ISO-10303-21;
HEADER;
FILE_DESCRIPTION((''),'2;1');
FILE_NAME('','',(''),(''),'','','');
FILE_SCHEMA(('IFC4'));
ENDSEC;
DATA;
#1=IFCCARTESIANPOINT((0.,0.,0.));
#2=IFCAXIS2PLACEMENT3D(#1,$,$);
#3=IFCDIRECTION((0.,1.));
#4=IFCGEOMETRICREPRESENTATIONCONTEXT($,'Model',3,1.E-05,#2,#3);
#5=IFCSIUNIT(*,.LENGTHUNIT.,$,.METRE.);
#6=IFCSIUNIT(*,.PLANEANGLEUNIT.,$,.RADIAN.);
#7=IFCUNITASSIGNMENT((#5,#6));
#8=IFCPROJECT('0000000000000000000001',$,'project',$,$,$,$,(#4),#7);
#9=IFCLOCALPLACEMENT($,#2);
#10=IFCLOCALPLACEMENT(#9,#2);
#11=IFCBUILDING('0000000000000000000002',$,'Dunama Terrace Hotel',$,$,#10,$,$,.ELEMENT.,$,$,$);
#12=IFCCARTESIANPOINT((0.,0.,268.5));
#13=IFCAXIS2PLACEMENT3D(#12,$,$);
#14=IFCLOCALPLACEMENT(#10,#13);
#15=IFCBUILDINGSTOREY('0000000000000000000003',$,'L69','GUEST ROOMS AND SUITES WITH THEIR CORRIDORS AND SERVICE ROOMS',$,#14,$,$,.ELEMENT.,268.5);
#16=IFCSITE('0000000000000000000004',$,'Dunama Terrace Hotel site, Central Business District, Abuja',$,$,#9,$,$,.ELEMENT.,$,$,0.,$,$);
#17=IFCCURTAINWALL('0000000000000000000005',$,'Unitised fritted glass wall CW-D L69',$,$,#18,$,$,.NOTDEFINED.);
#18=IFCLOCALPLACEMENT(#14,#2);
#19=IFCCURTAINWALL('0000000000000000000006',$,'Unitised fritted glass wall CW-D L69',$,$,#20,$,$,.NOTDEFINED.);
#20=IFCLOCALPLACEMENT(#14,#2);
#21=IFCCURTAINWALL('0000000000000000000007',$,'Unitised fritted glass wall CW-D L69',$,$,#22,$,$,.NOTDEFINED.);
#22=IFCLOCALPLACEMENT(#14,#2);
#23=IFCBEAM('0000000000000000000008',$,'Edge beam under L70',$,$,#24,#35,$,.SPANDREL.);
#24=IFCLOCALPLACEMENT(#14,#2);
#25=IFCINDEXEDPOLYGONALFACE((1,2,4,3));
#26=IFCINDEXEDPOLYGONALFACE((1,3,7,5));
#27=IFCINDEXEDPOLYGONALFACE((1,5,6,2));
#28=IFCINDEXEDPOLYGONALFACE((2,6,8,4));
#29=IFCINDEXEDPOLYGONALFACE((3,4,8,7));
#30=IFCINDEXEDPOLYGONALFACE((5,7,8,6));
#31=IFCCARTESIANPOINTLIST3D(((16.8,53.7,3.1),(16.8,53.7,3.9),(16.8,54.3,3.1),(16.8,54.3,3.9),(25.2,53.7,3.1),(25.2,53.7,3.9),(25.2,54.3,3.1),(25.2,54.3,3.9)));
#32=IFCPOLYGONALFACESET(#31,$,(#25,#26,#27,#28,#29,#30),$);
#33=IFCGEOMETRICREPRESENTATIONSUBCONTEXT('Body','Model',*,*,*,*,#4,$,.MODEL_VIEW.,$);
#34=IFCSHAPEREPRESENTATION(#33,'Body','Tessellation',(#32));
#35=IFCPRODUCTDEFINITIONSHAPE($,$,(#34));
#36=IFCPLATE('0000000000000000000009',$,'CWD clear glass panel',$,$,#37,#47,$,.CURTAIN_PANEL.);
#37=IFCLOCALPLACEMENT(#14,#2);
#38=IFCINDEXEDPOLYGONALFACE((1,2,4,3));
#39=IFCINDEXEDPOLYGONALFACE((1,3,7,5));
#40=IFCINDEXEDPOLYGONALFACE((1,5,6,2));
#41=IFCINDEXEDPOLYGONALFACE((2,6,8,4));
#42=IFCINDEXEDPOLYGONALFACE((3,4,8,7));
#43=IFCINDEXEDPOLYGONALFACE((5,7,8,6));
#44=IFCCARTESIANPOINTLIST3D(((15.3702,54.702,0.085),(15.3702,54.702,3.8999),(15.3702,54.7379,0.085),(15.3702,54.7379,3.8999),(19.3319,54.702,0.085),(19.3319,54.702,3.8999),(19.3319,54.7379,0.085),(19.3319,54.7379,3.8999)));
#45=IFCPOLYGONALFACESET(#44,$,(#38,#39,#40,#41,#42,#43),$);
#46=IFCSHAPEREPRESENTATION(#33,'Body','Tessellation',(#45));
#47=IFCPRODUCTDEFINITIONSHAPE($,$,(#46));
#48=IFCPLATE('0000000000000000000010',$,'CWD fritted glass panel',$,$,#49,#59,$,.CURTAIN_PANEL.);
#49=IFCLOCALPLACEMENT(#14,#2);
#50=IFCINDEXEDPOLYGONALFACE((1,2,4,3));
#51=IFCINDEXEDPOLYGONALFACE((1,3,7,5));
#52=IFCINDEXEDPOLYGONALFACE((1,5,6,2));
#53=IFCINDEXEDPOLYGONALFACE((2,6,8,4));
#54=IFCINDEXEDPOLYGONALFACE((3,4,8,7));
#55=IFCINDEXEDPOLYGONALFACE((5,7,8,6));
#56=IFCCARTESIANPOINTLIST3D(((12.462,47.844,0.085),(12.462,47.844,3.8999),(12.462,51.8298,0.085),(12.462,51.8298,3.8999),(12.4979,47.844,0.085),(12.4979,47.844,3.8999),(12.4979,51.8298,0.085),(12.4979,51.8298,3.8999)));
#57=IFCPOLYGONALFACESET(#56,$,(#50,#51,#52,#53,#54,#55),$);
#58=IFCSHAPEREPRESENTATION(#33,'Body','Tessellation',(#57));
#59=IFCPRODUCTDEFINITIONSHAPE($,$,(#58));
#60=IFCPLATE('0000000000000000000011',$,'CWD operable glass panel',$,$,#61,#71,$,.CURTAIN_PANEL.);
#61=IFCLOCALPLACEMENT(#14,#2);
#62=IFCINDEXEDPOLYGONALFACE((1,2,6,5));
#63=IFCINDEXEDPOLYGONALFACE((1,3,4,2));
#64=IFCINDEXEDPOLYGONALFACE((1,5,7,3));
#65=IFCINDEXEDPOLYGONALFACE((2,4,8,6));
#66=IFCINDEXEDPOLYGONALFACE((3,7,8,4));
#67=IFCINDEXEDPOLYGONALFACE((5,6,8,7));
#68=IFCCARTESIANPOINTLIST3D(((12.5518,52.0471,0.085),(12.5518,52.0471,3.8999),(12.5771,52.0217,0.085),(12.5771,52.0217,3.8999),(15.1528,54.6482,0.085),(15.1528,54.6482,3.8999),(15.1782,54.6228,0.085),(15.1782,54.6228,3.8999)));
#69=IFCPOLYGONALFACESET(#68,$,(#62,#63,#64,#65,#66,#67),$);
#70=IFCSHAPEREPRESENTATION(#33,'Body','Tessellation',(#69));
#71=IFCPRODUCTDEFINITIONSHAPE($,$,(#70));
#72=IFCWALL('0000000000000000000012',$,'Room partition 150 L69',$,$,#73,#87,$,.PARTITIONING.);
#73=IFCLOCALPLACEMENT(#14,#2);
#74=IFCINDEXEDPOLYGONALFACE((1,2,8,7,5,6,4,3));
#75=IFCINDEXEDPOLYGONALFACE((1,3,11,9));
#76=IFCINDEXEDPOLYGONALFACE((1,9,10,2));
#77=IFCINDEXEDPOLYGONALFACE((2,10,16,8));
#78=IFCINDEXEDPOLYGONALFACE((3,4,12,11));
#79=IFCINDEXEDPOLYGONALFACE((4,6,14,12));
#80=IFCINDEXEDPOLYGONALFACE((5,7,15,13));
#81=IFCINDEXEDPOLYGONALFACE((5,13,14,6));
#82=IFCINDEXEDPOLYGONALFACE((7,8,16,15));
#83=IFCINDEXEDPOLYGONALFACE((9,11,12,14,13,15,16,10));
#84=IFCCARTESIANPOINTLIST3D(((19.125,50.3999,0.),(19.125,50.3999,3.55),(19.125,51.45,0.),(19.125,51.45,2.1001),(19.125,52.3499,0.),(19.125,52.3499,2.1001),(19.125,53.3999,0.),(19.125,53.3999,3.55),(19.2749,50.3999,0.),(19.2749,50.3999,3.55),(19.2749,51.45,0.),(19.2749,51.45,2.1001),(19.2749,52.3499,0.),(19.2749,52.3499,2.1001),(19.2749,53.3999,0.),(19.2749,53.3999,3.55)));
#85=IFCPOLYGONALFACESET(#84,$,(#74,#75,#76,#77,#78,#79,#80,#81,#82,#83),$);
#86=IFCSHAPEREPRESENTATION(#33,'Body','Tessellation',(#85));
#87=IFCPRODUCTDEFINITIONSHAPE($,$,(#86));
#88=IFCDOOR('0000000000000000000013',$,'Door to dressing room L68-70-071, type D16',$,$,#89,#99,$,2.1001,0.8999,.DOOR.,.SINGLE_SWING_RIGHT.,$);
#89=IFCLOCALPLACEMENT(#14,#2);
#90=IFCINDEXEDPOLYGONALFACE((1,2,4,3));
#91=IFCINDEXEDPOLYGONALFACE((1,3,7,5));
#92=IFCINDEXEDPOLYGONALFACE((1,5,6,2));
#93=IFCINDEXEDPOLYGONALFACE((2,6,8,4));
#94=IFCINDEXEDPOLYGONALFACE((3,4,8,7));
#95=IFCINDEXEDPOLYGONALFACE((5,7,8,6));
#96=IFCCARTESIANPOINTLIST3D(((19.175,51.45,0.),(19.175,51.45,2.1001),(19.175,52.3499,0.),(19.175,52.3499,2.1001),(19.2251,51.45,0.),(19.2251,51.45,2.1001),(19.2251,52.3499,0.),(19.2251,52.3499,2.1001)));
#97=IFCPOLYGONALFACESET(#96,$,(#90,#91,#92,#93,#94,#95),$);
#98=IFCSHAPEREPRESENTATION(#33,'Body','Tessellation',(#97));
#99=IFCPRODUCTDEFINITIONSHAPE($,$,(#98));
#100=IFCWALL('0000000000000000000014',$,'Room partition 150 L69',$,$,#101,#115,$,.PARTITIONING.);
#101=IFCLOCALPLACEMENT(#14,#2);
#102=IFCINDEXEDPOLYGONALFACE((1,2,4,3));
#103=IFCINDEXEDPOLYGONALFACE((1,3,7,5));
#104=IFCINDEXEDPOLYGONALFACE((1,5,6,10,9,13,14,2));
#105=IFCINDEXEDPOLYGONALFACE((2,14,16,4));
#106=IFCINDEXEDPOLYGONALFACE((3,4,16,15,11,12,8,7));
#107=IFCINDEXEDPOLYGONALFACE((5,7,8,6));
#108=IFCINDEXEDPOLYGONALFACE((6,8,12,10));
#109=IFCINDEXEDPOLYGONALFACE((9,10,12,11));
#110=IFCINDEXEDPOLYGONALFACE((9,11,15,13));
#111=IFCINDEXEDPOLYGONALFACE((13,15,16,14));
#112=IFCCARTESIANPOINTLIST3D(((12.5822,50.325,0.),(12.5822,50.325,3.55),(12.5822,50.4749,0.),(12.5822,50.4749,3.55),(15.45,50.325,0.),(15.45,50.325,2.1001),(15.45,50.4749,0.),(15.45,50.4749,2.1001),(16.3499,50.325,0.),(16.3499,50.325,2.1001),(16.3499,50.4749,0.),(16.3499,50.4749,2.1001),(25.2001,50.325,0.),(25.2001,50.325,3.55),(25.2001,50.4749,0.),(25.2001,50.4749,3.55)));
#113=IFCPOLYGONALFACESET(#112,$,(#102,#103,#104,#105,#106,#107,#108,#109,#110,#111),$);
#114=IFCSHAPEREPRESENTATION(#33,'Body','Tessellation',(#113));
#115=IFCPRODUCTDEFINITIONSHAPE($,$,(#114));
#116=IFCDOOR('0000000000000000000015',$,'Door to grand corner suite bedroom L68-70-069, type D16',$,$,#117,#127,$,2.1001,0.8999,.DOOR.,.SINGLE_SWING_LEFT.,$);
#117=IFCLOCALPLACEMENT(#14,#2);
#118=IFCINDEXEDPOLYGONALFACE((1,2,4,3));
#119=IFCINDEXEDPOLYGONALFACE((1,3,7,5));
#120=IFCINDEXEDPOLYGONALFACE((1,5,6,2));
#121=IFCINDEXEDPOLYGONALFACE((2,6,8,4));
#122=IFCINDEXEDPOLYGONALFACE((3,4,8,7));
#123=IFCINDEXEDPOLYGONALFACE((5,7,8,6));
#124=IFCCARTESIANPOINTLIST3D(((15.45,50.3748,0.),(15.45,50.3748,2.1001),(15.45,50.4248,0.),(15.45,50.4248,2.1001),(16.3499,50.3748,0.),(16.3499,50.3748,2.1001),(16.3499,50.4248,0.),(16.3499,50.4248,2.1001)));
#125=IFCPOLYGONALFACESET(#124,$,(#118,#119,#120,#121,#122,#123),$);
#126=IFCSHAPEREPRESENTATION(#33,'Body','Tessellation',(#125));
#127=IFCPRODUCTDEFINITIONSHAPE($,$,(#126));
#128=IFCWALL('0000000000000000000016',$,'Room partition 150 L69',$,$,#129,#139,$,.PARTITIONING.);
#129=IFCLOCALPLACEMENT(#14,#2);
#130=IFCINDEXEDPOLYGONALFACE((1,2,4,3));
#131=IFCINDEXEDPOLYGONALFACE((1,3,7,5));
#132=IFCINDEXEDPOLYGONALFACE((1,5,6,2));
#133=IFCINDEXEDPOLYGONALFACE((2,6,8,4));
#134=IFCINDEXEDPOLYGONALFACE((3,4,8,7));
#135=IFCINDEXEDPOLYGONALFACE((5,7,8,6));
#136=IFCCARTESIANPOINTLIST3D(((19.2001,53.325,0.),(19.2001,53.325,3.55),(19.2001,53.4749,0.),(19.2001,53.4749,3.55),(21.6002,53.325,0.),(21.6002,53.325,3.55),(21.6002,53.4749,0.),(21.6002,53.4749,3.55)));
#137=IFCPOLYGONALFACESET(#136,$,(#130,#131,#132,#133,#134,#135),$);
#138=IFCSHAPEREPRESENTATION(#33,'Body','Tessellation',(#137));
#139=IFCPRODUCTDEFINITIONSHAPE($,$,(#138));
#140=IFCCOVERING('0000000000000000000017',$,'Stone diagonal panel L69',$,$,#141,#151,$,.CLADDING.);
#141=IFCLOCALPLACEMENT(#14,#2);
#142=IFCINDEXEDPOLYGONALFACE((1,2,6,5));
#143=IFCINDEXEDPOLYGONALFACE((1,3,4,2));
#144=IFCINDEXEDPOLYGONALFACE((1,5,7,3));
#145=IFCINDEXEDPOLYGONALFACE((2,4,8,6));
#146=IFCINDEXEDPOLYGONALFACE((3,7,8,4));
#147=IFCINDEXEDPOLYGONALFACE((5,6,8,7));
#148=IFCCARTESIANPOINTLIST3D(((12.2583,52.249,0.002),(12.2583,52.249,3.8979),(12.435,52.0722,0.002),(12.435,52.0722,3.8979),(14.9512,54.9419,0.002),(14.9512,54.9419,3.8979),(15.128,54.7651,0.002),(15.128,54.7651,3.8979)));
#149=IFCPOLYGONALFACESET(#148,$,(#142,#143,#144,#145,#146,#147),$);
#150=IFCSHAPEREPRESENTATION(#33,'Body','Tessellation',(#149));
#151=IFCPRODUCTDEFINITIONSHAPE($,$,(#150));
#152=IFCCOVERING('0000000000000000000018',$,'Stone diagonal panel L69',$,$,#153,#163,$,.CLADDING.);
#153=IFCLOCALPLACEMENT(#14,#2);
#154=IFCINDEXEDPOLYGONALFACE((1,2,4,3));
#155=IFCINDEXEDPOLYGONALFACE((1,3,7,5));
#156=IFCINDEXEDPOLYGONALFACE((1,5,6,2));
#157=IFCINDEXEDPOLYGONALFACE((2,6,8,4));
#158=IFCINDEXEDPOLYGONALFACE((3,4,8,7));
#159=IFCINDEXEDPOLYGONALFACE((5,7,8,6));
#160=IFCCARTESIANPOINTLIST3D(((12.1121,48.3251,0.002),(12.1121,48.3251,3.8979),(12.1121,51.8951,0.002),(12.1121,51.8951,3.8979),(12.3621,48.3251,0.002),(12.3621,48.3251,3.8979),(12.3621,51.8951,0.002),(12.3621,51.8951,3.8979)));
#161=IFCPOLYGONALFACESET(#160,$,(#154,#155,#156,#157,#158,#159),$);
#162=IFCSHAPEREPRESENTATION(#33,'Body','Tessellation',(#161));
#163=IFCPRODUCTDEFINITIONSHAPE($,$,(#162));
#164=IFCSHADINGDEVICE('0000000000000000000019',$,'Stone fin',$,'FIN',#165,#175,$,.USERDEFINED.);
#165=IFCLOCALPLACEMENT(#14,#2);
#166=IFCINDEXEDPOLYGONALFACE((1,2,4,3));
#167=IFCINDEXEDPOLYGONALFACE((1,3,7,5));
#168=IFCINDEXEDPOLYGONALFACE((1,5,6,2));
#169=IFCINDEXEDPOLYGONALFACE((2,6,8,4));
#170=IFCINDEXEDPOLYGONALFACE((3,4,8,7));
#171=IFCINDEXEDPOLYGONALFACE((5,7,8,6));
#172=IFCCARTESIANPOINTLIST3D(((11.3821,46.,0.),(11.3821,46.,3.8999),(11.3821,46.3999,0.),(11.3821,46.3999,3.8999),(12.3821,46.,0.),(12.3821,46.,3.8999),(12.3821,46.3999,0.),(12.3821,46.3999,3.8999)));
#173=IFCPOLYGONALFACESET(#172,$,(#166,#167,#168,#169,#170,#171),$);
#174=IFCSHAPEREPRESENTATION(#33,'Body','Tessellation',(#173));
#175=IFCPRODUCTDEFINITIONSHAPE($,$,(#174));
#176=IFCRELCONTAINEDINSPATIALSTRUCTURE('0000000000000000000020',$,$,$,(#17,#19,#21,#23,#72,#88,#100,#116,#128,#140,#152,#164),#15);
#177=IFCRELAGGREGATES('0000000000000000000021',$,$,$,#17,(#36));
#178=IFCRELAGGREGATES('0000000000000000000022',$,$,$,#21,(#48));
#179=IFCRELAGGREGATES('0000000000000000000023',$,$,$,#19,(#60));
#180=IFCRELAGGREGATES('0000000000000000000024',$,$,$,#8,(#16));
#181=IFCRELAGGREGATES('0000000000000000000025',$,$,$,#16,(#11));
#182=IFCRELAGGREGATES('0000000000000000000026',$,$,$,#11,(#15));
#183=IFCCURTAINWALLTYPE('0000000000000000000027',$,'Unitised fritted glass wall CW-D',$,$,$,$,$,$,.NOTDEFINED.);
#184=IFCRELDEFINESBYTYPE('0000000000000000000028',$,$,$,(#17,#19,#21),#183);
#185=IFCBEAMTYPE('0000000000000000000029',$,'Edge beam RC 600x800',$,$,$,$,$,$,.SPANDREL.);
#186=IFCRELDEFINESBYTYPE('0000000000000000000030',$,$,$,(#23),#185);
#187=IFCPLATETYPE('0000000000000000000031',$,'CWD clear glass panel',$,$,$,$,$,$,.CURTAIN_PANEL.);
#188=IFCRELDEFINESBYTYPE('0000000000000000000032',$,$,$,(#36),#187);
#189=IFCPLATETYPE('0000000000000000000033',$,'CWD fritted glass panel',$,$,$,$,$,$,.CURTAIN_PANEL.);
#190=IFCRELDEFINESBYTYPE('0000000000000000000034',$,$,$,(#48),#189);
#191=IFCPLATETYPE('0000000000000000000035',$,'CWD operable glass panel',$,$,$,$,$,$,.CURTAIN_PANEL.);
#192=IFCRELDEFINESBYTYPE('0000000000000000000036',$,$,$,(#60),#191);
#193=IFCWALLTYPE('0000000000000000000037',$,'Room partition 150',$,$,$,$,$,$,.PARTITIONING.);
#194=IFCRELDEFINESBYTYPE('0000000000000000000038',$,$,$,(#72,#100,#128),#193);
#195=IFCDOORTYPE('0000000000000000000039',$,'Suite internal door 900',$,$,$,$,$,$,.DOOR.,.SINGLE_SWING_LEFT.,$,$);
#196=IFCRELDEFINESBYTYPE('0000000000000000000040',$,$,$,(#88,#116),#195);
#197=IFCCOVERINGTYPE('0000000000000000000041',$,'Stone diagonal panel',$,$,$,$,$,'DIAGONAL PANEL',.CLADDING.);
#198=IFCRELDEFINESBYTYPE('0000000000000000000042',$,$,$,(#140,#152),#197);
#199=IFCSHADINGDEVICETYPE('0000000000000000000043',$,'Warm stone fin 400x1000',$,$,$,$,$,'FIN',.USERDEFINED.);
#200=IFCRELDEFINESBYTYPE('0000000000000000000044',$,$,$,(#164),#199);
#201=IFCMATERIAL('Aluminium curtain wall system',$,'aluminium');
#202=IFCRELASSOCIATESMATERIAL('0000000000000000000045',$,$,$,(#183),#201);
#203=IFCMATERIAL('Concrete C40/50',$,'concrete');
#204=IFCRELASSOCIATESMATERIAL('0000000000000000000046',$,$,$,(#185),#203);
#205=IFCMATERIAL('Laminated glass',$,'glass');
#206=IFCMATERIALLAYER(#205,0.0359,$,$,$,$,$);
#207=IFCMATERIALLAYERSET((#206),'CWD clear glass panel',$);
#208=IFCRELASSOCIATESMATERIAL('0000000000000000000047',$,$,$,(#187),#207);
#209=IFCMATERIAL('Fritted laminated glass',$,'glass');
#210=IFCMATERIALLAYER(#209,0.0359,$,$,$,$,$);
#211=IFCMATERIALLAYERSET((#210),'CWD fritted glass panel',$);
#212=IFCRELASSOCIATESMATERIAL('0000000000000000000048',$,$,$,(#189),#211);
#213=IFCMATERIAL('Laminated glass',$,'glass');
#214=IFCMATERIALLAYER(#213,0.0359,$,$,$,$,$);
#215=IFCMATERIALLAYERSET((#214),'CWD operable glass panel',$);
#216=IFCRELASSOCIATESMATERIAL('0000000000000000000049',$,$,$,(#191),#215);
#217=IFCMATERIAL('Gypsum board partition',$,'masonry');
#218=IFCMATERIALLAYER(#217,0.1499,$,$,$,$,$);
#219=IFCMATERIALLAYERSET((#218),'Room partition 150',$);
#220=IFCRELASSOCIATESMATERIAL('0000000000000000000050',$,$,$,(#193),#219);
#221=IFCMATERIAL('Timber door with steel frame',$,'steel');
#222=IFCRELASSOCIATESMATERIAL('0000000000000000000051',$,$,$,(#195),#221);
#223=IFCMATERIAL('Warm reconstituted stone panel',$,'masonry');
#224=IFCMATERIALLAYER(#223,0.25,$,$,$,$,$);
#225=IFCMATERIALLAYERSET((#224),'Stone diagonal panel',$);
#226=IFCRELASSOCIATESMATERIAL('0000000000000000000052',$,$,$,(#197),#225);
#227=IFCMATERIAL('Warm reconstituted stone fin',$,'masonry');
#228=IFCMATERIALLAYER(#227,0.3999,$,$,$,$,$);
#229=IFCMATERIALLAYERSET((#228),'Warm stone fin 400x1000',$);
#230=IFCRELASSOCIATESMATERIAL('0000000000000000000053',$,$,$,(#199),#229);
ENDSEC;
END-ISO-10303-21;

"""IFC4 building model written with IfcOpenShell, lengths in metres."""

from ifc_helpers import new_model, si_unit, direction, frame, frame_2d, origin, origin_2d, place, context, subcontext, project, spatial, rectangle, extrude, material, layer, layer_set, material_profile, profile_set, type_object, element, fill, aggregate, save


model = new_model("IFC4")

# Units and contexts
model_context = context("Model", 3, precision=1e-05, world=origin(), true_north=direction((0.0, 1.0)))
body_context = subcontext(model_context, "Body", "Model", "MODEL_VIEW")
ifc_project = project(units=[si_unit("LENGTHUNIT", "METRE"), si_unit("PLANEANGLEUNIT", "RADIAN")], contexts=[model_context])

# Site, building, storey
site_placement = place(None, origin())
site = spatial("IfcSite", under=ifc_project, at=site_placement, Name="Dunama Terrace Hotel site, Central Business District, Abuja", CompositionType="ELEMENT", RefElevation=0.0)
building_placement = place(site_placement, origin())
building = spatial("IfcBuilding", under=site, at=building_placement, Name="Dunama Terrace Hotel", CompositionType="ELEMENT")
storey_placement = place(building_placement, frame((0.0, 0.0, 268.5)))
storey = spatial("IfcBuildingStorey", under=building, at=storey_placement, Name="L69", Description="GUEST ROOMS AND SUITES WITH THEIR CORRIDORS AND SERVICE ROOMS", CompositionType="ELEMENT", Elevation=268.5)

# Curtain walls
ifc_material_1 = material(Name="Aluminium curtain wall system", Category="aluminium")
curtain_wall_type = type_object("IfcCurtainWallType", Name="Unitised fritted glass wall CW-D", PredefinedType="NOTDEFINED", material=ifc_material_1)
curtain_wall_1_placement = place(storey_placement, origin())
curtain_wall_1 = element("IfcCurtainWall", 1, at=curtain_wall_1_placement, inside=storey, type_object=curtain_wall_type, Name="Unitised fritted glass wall CW-D L69", PredefinedType="NOTDEFINED")
curtain_wall_2_placement = place(storey_placement, origin())
curtain_wall_2 = element("IfcCurtainWall", 2, at=curtain_wall_2_placement, inside=storey, type_object=curtain_wall_type, Name="Unitised fritted glass wall CW-D L69", PredefinedType="NOTDEFINED")
curtain_wall_3_placement = place(storey_placement, origin())
curtain_wall_3 = element("IfcCurtainWall", 3, at=curtain_wall_3_placement, inside=storey, type_object=curtain_wall_type, Name="Unitised fritted glass wall CW-D L69", PredefinedType="NOTDEFINED")

# Beam
ifc_material_2 = material(Name="Concrete C40/50", Category="concrete")
ifc_material_profile_1 = material_profile(ifc_material_2, rectangle(XDim=0.6001, YDim=0.8, at=origin_2d()), Name="RC 600x800")
ifc_profile_set_1 = profile_set([ifc_material_profile_1], Name="Concrete C40/50")
beam_type_1 = type_object("IfcBeamType", Name="Edge beam RC 600x800", PredefinedType="SPANDREL", material=ifc_profile_set_1)
beam_1_placement = place(storey_placement, frame((16.8, 54.0, 3.5), z_axis=(1.0, 0.0, 0.0), x_axis=(0.0, 1.0, 0.0)))
element("IfcBeam", 4, at=beam_1_placement, inside=storey, type_object=beam_type_1, Name="Edge beam under L70", PredefinedType="SPANDREL", context=body_context, shape_type="SweptSolid", body=[
    extrude(rectangle(XDim=0.6001, YDim=0.8, at=origin_2d()), origin(), (0.0, 0.0, 1.0), 8.3999),
])

# Plates
ifc_material_3 = material(Name="Laminated glass", Category="glass")
ifc_layer_1 = layer(ifc_material_3, 0.0359)
ifc_layer_set_1 = layer_set([ifc_layer_1], Name="CWD clear glass panel")
plate_type_1 = type_object("IfcPlateType", Name="CWD clear glass panel", PredefinedType="CURTAIN_PANEL", material=ifc_layer_set_1)
plate_1_placement = place(storey_placement, frame((17.3511, 54.72, 0.085), z_axis=(0.0, 0.0, 1.0), x_axis=(-1.0, 0.0, 0.0)))
plate_1 = element("IfcPlate", 5, at=plate_1_placement, type_object=plate_type_1, Name="CWD clear glass panel", PredefinedType="CURTAIN_PANEL", context=body_context, shape_type="SweptSolid", body=[
    extrude(rectangle(XDim=3.9617, YDim=0.0359, at=origin_2d()), origin(), (0.0, 0.0, 1.0), 3.8149),
])
aggregate(curtain_wall_1, [plate_1])
ifc_material_4 = material(Name="Fritted laminated glass", Category="glass")
ifc_layer_2 = layer(ifc_material_4, 0.0359)
ifc_layer_set_2 = layer_set([ifc_layer_2], Name="CWD fritted glass panel")
plate_type_2 = type_object("IfcPlateType", Name="CWD fritted glass panel", PredefinedType="CURTAIN_PANEL", material=ifc_layer_set_2)
plate_2_placement = place(storey_placement, frame((12.48, 49.8369, 0.085), z_axis=(0.0, 0.0, 1.0), x_axis=(0.0, -1.0, 0.0)))
plate_2 = element("IfcPlate", 6, at=plate_2_placement, type_object=plate_type_2, Name="CWD fritted glass panel", PredefinedType="CURTAIN_PANEL", context=body_context, shape_type="SweptSolid", body=[
    extrude(rectangle(XDim=3.9858, YDim=0.0359, at=origin_2d()), origin(), (0.0, 0.0, 1.0), 3.8149),
])
aggregate(curtain_wall_3, [plate_2])
ifc_material_5 = material(Name="Laminated glass", Category="glass")
ifc_layer_3 = layer(ifc_material_5, 0.0359)
ifc_layer_set_3 = layer_set([ifc_layer_3], Name="CWD operable glass panel")
plate_type_3 = type_object("IfcPlateType", Name="CWD operable glass panel", PredefinedType="CURTAIN_PANEL", material=ifc_layer_set_3)
plate_3_placement = place(storey_placement, frame((13.865, 53.335, 0.085), z_axis=(0.0, 0.0, 1.0), x_axis=(-0.707107, -0.707107, 0.0)))
plate_3 = element("IfcPlate", 7, at=plate_3_placement, type_object=plate_type_3, Name="CWD operable glass panel", PredefinedType="CURTAIN_PANEL", context=body_context, shape_type="SweptSolid", body=[
    extrude(rectangle(XDim=3.6785, YDim=0.0359, at=origin_2d()), origin(), (0.0, 0.0, 1.0), 3.8149),
])
aggregate(curtain_wall_2, [plate_3])

# Walls, openings, doors
ifc_material_6 = material(Name="Gypsum board partition", Category="masonry")
ifc_layer_4 = layer(ifc_material_6, 0.1499)
ifc_layer_set_4 = layer_set([ifc_layer_4], Name="Room partition 150")
wall_type = type_object("IfcWallType", Name="Room partition 150", PredefinedType="PARTITIONING", material=ifc_layer_set_4)
wall_1_placement = place(storey_placement, frame((19.2, 50.3999, 0.0), z_axis=(0.0, 0.0, 1.0), x_axis=(0.0, 1.0, 0.0)))
wall_1 = element("IfcWall", 8, at=wall_1_placement, inside=storey, type_object=wall_type, Name="Room partition 150 L69", PredefinedType="PARTITIONING", context=body_context, shape_type="SweptSolid", body=[
    extrude(rectangle(XDim=3.0, YDim=0.1499, at=frame_2d((1.5, 0.0))), origin(), (0.0, 0.0, 1.0), 3.55),
])
opening_1_placement = place(wall_1_placement, frame((1.05, 0.0, 0.0)))
opening_1 = element("IfcOpeningElement", 9, at=opening_1_placement, cuts=wall_1, PredefinedType="OPENING", context=body_context, shape_type="SweptSolid", body=[
    extrude(rectangle(XDim=0.8999, YDim=2.1001, at=frame_2d((0.45, 1.05))), frame((0.0, 0.085, 0.0), z_axis=(0.0, -1.0, 0.0), x_axis=(1.0, 0.0, 0.0)), (0.0, 0.0, 1.0), 0.1699),
])
ifc_material_7 = material(Name="Timber door with steel frame", Category="steel")
door_type = type_object("IfcDoorType", Name="Suite internal door 900", OperationType="SINGLE_SWING_LEFT", PredefinedType="DOOR", material=ifc_material_7)
door_1_placement = place(opening_1_placement, frame((0.8999, 0.0, 0.0), z_axis=(0.0, 0.0, 1.0), x_axis=(-1.0, 0.0, 0.0)))
door_1 = element("IfcDoor", 10, at=door_1_placement, inside=storey, type_object=door_type, Name="Door to dressing room L68-70-071, type D16", OperationType="SINGLE_SWING_RIGHT", OverallHeight=2.1001, OverallWidth=0.8999, PredefinedType="DOOR", context=body_context, shape_type="SweptSolid", body=[
    extrude(rectangle(XDim=0.8999, YDim=2.1001, at=frame_2d((0.45, 1.05))), frame((0.0, 0.0251, 0.0), z_axis=(0.0, -1.0, 0.0), x_axis=(1.0, 0.0, 0.0)), (0.0, 0.0, 1.0), 0.05),
])
fill(opening_1, door_1)
wall_2_placement = place(storey_placement, frame((12.582, 50.3999, 0.0), z_axis=(0.0, 0.0, 1.0), x_axis=(1.0, 0.0, 0.0)))
wall_2 = element("IfcWall", 11, at=wall_2_placement, inside=storey, type_object=wall_type, Name="Room partition 150 L69", PredefinedType="PARTITIONING", context=body_context, shape_type="SweptSolid", body=[
    extrude(rectangle(XDim=12.6179, YDim=0.1499, at=frame_2d((6.3091, 0.0))), origin(), (0.0, 0.0, 1.0), 3.55),
])
opening_2_placement = place(wall_2_placement, frame((2.8679, 0.0, 0.0)))
opening_2 = element("IfcOpeningElement", 12, at=opening_2_placement, cuts=wall_2, PredefinedType="OPENING", context=body_context, shape_type="SweptSolid", body=[
    extrude(rectangle(XDim=0.8999, YDim=2.1001, at=frame_2d((0.45, 1.05))), frame((0.0, 0.085, 0.0), z_axis=(0.0, -1.0, 0.0), x_axis=(1.0, 0.0, 0.0)), (0.0, 0.0, 1.0), 0.1699),
])
door_2_placement = place(opening_2_placement, origin())
door_2 = element("IfcDoor", 13, at=door_2_placement, inside=storey, type_object=door_type, Name="Door to grand corner suite bedroom L68-70-069, type D16", OperationType="SINGLE_SWING_LEFT", OverallHeight=2.1001, OverallWidth=0.8999, PredefinedType="DOOR", context=body_context, shape_type="SweptSolid", body=[
    extrude(rectangle(XDim=0.8999, YDim=2.1001, at=frame_2d((0.45, 1.05))), frame((0.0, 0.0249, 0.0), z_axis=(0.0, -1.0, 0.0), x_axis=(1.0, 0.0, 0.0)), (0.0, 0.0, 1.0), 0.05),
])
fill(opening_2, door_2)

# Wall
wall_3_placement = place(storey_placement, frame((19.2, 53.3999, 0.0), z_axis=(0.0, 0.0, 1.0), x_axis=(1.0, 0.0, 0.0)))
element("IfcWall", 14, at=wall_3_placement, inside=storey, type_object=wall_type, Name="Room partition 150 L69", PredefinedType="PARTITIONING", context=body_context, shape_type="SweptSolid", body=[
    extrude(rectangle(XDim=2.4001, YDim=0.1499, at=frame_2d((1.2002, 0.0))), origin(), (0.0, 0.0, 1.0), 3.55),
])

# Coverings
ifc_material_8 = material(Name="Warm reconstituted stone panel", Category="masonry")
ifc_layer_5 = layer(ifc_material_8, 0.25)
ifc_layer_set_5 = layer_set([ifc_layer_5], Name="Stone diagonal panel")
covering_type = type_object("IfcCoveringType", Name="Stone diagonal panel", ElementType="DIAGONAL PANEL", PredefinedType="CLADDING", material=ifc_layer_set_5)
covering_1_placement = place(storey_placement, frame((13.6931, 53.5071, 0.002), z_axis=(0.0, 0.0, 1.0), x_axis=(-0.707107, -0.707107, 0.0)))
element("IfcCovering", 15, at=covering_1_placement, inside=storey, type_object=covering_type, Name="Stone diagonal panel L69", PredefinedType="CLADDING", context=body_context, shape_type="SweptSolid", body=[
    extrude(rectangle(XDim=3.8083, YDim=0.25, at=origin_2d()), origin(), (0.0, 0.0, 1.0), 3.896),
])
covering_2_placement = place(storey_placement, frame((12.2371, 50.1101, 0.002), z_axis=(0.0, 0.0, 1.0), x_axis=(0.0, -1.0, 0.0)))
element("IfcCovering", 16, at=covering_2_placement, inside=storey, type_object=covering_type, Name="Stone diagonal panel L69", PredefinedType="CLADDING", context=body_context, shape_type="SweptSolid", body=[
    extrude(rectangle(XDim=3.5701, YDim=0.25, at=origin_2d()), origin(), (0.0, 0.0, 1.0), 3.896),
])

# Shading device
ifc_material_9 = material(Name="Warm reconstituted stone fin", Category="masonry")
ifc_layer_6 = layer(ifc_material_9, 0.3999)
ifc_layer_set_6 = layer_set([ifc_layer_6], Name="Warm stone fin 400x1000")
shading_device_type = type_object("IfcShadingDeviceType", Name="Warm stone fin 400x1000", ElementType="FIN", PredefinedType="USERDEFINED", material=ifc_layer_set_6)
shading_device_placement = place(storey_placement, frame((11.8821, 46.2, 0.0), z_axis=(0.0, 0.0, 1.0), x_axis=(0.0, -1.0, 0.0)))
element("IfcShadingDevice", 17, at=shading_device_placement, inside=storey, type_object=shading_device_type, Name="Stone fin", ObjectType="FIN", PredefinedType="USERDEFINED", context=body_context, shape_type="SweptSolid", body=[
    extrude(rectangle(XDim=0.3999, YDim=1.0, at=origin_2d()), origin(), (0.0, 0.0, 1.0), 3.8999),
])

save(model, "model.ifc")
